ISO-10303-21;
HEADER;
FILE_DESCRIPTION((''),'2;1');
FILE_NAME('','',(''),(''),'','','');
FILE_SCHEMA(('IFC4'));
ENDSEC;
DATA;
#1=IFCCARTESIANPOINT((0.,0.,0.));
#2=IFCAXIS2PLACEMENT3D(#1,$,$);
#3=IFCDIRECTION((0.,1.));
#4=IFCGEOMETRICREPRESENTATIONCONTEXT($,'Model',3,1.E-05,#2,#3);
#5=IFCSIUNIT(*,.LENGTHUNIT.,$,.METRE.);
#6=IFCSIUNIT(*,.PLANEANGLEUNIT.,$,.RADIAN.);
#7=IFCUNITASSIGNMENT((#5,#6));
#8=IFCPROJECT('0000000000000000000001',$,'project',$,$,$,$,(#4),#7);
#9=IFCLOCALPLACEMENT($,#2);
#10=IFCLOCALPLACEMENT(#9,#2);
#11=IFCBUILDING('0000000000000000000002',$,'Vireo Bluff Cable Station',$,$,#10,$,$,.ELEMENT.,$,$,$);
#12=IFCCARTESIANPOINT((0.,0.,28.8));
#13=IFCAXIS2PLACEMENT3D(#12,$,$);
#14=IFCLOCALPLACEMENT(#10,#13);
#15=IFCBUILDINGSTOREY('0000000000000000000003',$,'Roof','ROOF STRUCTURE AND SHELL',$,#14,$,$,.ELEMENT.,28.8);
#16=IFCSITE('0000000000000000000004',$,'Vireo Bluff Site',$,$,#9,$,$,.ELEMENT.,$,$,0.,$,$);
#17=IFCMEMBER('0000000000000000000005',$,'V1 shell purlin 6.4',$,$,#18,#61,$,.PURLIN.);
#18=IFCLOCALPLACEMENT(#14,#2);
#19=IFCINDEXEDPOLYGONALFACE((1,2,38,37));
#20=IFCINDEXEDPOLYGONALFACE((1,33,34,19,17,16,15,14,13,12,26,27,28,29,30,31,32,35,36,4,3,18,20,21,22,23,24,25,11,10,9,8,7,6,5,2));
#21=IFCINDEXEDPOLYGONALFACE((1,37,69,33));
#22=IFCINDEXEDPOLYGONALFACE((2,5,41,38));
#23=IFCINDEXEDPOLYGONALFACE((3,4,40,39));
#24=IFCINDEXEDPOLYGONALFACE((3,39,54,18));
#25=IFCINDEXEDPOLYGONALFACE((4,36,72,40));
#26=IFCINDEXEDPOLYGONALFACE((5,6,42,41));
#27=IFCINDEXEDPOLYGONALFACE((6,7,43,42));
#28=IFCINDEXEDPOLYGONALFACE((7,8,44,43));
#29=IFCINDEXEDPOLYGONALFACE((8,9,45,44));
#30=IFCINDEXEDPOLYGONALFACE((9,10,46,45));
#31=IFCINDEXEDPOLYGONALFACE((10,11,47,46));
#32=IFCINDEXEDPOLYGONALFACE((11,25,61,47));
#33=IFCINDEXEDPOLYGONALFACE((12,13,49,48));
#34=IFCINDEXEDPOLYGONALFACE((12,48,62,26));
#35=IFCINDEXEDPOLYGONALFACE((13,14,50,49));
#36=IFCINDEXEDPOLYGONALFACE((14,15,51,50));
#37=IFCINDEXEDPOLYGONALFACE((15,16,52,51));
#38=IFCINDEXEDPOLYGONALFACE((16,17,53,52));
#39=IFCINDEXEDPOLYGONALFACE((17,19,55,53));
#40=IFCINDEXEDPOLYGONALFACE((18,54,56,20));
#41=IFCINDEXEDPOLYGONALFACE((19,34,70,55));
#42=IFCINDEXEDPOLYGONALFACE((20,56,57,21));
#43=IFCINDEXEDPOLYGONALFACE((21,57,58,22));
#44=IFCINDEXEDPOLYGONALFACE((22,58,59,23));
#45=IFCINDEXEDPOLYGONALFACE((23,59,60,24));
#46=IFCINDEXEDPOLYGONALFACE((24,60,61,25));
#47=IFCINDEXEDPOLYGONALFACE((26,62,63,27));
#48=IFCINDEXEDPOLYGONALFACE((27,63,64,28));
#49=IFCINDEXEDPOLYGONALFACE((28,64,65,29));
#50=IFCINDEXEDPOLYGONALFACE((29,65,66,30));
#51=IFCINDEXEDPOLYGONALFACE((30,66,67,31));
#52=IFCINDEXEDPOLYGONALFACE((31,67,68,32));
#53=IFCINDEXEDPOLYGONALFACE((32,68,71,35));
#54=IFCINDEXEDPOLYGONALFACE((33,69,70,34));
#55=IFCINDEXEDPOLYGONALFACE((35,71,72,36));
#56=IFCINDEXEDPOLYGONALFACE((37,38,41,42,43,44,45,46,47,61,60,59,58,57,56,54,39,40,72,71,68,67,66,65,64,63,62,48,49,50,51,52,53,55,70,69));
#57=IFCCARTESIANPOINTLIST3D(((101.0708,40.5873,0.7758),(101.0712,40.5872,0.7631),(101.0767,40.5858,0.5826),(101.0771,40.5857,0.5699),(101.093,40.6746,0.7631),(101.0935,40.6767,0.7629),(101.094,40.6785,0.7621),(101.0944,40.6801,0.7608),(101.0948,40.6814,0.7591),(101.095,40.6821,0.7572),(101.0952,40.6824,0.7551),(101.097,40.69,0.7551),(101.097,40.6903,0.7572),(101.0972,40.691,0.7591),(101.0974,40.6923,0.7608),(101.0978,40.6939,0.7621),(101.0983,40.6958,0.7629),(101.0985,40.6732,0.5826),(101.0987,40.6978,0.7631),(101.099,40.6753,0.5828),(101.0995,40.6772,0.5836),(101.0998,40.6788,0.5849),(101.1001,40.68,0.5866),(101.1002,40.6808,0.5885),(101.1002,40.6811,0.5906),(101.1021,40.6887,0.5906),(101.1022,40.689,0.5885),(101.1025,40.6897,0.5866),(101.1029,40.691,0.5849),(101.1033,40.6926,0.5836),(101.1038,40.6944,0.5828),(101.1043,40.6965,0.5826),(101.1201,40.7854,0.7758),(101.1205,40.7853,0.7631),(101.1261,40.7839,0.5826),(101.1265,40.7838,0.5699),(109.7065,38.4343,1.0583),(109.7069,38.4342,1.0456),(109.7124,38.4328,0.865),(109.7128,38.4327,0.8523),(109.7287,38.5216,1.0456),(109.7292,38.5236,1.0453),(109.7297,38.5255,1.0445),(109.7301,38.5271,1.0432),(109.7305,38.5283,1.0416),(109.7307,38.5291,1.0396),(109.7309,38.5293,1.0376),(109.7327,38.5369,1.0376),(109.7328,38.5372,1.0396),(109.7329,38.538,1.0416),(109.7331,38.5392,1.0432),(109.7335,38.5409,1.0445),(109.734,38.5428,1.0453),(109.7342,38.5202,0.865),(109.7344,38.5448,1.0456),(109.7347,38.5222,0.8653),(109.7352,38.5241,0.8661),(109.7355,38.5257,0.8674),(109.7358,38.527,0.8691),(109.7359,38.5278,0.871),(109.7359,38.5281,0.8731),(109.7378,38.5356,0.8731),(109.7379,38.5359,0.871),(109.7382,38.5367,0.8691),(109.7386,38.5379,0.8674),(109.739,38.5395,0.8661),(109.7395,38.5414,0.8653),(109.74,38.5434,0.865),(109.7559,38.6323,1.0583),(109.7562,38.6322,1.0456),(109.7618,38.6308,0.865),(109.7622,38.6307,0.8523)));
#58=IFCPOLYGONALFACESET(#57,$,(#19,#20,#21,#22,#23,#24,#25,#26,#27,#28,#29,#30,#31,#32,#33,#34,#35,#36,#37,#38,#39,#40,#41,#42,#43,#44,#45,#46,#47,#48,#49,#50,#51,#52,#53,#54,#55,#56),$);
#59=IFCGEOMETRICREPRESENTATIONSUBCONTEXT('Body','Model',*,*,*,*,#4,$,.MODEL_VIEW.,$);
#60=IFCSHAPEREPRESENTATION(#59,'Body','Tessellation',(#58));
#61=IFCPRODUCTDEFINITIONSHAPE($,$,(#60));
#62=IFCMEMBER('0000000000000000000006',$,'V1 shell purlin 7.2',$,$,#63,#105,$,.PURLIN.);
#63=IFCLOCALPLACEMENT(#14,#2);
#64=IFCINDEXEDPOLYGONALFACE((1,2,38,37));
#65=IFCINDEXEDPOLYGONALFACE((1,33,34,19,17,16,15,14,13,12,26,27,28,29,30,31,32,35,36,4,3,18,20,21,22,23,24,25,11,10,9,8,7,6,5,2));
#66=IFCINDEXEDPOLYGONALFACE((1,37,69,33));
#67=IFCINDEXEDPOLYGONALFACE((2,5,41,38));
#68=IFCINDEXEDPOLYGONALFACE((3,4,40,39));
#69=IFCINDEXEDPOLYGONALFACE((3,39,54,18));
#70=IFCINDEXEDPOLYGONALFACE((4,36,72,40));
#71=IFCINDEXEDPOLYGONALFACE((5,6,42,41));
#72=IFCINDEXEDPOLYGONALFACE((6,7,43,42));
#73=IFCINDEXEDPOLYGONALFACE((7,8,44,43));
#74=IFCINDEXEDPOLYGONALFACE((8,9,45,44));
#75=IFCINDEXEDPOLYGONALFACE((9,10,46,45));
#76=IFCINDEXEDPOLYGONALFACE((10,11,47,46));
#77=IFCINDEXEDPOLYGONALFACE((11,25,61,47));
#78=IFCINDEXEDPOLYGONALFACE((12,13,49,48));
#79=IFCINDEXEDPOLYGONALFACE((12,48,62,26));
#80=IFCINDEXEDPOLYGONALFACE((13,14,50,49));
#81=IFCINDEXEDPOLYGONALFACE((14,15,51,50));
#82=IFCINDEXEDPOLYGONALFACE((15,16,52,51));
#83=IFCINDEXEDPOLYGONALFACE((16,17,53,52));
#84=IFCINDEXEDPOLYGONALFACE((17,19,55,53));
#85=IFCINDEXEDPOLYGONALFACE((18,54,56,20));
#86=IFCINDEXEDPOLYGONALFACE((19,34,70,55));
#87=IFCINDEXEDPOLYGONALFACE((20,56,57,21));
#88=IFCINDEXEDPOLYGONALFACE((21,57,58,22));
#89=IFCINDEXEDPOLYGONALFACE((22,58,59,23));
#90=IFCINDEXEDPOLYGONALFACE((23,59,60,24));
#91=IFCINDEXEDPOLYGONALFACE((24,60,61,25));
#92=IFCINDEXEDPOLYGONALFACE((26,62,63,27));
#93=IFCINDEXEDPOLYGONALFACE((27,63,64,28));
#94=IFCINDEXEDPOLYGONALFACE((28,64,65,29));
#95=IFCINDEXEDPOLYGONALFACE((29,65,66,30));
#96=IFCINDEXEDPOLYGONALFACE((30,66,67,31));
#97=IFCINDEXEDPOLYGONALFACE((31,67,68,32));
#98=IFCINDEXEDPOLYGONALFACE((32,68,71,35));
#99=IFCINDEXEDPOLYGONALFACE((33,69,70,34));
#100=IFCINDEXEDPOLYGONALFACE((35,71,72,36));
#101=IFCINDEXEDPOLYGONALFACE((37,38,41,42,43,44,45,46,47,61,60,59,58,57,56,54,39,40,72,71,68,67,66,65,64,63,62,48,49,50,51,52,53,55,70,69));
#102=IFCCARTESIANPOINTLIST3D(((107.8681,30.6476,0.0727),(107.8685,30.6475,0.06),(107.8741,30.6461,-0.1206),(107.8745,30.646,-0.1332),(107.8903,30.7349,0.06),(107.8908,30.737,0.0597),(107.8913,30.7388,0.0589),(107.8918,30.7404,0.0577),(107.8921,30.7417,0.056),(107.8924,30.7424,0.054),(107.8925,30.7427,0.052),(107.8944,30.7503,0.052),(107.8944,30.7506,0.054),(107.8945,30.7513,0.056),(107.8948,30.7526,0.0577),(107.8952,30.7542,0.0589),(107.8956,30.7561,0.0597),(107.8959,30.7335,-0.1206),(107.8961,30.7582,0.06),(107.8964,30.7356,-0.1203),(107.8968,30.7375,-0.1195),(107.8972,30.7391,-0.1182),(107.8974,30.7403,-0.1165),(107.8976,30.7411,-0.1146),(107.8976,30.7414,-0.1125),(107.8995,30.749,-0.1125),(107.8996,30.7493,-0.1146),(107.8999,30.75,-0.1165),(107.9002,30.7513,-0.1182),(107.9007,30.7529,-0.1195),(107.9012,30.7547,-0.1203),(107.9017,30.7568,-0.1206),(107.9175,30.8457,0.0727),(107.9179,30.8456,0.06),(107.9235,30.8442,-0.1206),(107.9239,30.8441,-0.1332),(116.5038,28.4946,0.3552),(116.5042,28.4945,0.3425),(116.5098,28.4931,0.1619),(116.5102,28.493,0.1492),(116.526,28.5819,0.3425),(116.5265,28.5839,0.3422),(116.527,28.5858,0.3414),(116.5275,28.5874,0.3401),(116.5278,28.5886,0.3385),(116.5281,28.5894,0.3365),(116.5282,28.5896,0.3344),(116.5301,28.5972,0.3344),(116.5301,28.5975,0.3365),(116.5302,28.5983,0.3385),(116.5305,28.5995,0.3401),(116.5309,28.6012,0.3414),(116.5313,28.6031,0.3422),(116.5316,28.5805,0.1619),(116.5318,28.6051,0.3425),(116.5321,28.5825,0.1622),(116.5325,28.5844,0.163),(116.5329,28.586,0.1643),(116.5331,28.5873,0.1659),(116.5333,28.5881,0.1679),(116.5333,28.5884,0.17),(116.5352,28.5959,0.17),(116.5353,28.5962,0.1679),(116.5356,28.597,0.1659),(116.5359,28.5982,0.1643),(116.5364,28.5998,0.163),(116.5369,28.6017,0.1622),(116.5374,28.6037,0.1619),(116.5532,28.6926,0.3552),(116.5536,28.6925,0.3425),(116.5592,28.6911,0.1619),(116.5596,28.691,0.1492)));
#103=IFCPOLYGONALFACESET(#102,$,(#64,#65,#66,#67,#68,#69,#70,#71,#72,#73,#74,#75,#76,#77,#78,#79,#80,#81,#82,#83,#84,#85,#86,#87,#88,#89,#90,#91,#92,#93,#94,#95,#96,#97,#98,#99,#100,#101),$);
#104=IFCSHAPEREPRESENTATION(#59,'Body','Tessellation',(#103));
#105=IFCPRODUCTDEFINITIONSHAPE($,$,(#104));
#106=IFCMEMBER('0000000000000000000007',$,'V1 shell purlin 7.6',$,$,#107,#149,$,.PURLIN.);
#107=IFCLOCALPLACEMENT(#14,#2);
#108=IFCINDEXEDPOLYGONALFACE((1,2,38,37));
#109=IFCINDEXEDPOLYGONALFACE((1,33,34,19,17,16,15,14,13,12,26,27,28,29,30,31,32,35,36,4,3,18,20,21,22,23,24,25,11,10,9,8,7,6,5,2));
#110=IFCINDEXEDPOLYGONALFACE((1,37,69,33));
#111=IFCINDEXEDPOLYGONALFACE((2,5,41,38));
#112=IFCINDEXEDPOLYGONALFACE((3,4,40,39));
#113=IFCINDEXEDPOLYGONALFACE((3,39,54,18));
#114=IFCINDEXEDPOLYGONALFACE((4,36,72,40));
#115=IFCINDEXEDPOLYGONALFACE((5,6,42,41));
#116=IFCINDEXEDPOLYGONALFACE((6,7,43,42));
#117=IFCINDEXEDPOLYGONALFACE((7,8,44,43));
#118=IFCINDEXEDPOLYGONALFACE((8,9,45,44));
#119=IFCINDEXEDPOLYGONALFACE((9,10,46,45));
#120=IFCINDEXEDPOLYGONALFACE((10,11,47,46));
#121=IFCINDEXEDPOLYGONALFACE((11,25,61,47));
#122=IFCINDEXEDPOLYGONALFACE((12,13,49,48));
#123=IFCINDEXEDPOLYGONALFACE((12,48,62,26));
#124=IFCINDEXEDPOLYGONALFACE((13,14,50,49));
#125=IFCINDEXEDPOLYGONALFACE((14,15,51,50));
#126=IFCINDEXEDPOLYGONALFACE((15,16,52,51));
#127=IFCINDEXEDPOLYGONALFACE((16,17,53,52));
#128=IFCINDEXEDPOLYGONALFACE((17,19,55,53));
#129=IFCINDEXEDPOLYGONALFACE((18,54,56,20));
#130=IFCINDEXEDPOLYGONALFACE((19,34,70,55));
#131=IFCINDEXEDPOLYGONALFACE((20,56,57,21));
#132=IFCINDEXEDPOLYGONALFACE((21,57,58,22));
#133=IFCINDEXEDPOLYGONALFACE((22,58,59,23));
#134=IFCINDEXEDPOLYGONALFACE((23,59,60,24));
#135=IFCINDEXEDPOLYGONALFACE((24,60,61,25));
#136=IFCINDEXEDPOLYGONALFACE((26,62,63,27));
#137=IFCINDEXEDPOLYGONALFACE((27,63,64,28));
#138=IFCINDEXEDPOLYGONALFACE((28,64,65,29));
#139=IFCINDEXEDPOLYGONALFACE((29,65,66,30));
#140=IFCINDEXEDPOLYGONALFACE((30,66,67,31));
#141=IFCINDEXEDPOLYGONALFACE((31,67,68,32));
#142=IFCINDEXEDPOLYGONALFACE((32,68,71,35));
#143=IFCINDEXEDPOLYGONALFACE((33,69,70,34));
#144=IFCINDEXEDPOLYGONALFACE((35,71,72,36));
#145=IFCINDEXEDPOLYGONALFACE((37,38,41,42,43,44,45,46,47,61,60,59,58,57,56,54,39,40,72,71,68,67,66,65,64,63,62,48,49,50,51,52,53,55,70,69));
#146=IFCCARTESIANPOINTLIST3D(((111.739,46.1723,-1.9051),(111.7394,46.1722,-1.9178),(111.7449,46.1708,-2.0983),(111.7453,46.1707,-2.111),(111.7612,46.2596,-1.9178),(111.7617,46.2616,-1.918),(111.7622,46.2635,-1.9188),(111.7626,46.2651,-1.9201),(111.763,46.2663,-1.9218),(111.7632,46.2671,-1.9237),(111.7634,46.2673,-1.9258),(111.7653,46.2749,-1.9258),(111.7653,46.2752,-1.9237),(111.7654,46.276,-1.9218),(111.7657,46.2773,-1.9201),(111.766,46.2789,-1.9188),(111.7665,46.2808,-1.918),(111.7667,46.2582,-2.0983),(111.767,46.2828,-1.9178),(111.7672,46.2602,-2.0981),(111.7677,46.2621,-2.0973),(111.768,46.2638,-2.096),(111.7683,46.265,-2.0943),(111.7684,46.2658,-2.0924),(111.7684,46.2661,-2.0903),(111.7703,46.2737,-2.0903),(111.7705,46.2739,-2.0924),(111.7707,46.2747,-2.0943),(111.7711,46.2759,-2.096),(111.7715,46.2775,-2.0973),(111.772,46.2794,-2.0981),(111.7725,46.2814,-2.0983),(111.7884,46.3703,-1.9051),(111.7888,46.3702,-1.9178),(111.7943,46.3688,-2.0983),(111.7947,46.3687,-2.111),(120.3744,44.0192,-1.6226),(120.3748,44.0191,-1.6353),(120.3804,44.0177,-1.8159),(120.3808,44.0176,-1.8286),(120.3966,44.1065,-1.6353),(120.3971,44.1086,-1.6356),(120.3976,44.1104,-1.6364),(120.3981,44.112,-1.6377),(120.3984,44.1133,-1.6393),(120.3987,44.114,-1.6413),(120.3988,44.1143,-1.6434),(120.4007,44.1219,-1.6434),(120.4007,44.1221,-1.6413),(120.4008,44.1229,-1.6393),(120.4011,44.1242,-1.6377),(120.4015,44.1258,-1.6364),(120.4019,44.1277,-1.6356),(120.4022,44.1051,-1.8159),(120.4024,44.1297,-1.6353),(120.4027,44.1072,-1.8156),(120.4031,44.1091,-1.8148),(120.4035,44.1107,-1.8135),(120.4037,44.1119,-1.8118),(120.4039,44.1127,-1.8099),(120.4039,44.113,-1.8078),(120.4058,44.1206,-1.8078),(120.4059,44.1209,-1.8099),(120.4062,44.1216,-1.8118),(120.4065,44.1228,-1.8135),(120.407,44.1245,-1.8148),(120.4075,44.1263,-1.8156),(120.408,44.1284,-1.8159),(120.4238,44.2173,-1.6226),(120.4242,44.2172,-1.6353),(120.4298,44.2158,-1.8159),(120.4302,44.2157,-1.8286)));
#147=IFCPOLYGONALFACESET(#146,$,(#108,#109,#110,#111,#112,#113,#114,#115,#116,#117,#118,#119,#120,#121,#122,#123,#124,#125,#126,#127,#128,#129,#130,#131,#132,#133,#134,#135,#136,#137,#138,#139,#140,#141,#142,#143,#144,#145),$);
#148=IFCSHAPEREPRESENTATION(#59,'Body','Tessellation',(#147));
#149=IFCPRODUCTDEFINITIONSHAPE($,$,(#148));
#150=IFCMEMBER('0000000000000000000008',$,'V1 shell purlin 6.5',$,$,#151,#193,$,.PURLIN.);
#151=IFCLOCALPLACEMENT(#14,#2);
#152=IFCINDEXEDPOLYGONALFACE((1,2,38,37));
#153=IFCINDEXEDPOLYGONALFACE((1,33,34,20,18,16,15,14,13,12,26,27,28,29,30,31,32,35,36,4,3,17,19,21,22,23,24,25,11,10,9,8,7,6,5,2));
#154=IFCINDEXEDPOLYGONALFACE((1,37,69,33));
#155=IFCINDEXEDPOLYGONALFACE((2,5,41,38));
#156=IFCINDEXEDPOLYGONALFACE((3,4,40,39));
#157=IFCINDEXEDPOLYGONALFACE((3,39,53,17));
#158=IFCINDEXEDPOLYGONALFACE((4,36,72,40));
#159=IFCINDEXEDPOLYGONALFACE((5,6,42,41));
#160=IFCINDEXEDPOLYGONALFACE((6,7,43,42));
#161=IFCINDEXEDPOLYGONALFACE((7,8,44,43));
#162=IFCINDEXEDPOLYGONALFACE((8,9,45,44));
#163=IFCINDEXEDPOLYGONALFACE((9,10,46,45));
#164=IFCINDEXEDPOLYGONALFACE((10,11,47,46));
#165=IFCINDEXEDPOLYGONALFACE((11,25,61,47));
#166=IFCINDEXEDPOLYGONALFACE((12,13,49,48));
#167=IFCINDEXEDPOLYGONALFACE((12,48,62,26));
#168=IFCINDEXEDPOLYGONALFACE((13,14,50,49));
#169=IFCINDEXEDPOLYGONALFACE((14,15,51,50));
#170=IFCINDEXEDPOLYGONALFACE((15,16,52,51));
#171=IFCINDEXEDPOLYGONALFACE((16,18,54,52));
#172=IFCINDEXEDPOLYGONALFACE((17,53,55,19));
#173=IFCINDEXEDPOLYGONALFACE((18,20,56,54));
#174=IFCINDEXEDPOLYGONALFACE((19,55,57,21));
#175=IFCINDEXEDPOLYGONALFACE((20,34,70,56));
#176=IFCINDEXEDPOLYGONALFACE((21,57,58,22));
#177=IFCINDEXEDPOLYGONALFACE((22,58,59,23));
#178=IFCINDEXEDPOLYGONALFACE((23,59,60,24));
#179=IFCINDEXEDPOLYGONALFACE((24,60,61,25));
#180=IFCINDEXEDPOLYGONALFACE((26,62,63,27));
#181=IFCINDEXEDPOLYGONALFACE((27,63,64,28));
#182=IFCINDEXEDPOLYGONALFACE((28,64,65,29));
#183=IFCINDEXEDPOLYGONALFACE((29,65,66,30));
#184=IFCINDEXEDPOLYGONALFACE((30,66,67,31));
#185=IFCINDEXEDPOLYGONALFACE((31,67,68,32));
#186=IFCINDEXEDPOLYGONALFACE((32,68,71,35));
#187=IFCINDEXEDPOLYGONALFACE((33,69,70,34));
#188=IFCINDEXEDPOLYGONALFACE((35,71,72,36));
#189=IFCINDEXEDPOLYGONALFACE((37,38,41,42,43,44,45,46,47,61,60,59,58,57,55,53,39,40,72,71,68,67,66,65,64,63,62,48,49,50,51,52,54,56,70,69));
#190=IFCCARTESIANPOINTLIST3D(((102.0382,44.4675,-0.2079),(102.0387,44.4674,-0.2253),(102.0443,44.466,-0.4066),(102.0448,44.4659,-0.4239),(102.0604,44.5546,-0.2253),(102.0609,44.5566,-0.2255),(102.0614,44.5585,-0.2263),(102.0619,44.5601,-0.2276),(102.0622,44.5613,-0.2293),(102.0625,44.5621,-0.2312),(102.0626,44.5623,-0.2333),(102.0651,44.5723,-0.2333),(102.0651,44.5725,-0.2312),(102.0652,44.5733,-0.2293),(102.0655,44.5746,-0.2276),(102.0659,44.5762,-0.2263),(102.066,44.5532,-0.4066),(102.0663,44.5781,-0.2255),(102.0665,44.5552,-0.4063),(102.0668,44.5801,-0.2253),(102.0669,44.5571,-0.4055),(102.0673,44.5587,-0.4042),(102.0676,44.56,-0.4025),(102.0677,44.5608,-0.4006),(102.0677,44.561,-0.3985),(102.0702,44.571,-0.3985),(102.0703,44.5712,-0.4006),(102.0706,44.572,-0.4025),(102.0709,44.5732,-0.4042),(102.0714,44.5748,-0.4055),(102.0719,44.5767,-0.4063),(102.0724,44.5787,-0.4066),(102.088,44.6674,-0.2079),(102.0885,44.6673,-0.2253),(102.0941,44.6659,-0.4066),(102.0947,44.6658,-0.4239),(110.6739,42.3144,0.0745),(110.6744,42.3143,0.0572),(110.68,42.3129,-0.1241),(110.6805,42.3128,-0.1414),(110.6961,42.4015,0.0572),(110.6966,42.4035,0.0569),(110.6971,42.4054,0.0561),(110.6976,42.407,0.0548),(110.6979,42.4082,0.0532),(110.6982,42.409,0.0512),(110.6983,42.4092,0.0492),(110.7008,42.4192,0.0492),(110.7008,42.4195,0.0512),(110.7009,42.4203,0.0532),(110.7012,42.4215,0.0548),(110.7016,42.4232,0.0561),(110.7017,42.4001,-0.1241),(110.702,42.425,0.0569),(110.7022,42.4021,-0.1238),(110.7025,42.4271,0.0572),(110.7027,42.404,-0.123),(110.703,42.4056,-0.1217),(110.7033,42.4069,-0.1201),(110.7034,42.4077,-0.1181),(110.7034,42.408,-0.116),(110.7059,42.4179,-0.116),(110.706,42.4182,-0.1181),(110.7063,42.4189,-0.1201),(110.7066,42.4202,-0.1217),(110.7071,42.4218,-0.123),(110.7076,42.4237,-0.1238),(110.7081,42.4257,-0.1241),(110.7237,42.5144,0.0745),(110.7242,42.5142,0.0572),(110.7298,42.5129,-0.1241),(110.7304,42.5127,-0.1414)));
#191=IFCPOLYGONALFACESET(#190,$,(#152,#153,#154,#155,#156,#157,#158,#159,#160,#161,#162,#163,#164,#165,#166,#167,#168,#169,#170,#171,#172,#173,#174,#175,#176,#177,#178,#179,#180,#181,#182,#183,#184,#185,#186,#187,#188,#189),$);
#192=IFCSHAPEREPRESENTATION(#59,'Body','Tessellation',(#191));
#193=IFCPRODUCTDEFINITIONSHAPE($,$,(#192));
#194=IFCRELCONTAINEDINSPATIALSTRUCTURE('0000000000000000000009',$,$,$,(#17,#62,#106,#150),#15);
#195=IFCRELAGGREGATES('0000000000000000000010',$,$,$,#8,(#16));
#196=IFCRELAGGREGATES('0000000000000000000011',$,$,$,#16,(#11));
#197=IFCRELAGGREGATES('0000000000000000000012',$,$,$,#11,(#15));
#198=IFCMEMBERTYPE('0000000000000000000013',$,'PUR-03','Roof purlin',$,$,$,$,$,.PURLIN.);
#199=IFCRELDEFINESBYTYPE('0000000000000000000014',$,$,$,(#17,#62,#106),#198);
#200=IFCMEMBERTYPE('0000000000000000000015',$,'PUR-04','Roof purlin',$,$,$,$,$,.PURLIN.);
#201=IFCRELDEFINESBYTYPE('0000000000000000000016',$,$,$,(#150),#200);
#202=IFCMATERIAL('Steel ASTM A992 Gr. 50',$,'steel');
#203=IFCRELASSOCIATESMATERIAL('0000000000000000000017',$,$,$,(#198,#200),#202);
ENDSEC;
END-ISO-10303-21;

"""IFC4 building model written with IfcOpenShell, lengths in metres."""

from ifc_helpers import new_model, si_unit, direction, frame, origin, origin_2d, place, context, subcontext, project, spatial, i_section, extrude, material, material_profile, profile_set, type_object, element, save


model = new_model("IFC4")

# Units and contexts
model_context = context("Model", 3, precision=1e-05, world=origin(), true_north=direction((0.0, 1.0)))
body_context = subcontext(model_context, "Body", "Model", "MODEL_VIEW")
ifc_project = project(units=[si_unit("LENGTHUNIT", "METRE"), si_unit("PLANEANGLEUNIT", "RADIAN")], contexts=[model_context])

# Site, building, storey
site_placement = place(None, origin())
site = spatial("IfcSite", under=ifc_project, at=site_placement, Name="Vireo Bluff Site", CompositionType="ELEMENT", RefElevation=0.0)
building_placement = place(site_placement, origin())
building = spatial("IfcBuilding", under=site, at=building_placement, Name="Vireo Bluff Cable Station", CompositionType="ELEMENT")
storey_placement = place(building_placement, frame((0.0, 0.0, 28.8)))
storey = spatial("IfcBuildingStorey", under=building, at=storey_placement, Name="Roof", Description="ROOF STRUCTURE AND SHELL", CompositionType="ELEMENT", Elevation=28.8)

# Members
ifc_material_1 = material(Name="Steel ASTM A992 Gr. 50", Category="steel")
ifc_material_profile_1 = material_profile(ifc_material_1, i_section(OverallWidth=0.2041, OverallDepth=0.2061, WebThickness=0.0078, FlangeThickness=0.0127, FilletRadius=0.0081, at=origin_2d()), Name="W8X35")
ifc_profile_set_1 = profile_set([ifc_material_profile_1], Name="Steel ASTM A992 Gr. 50")
member_type_1 = type_object("IfcMemberType", Name="PUR-03", Description="Roof purlin", PredefinedType="PURLIN", material=ifc_profile_set_1)
for number, where, z_axis, x_axis, name in (
    (1, (101.0986, 40.6855, 0.6729), (0.969809, -0.241794, 0.031722), (0.241916, 0.970297, 0.0), "V1 shell purlin 6.4"),
    (2, (107.896, 30.7458, -0.0303), (0.969809, -0.241794, 0.031722), (0.241916, 0.970297, 0.0), "V1 shell purlin 7.2"),
):
    element("IfcMember", number, at=place(storey_placement, frame(where, z_axis=z_axis, x_axis=x_axis)), inside=storey, type_object=member_type_1, Name=name, PredefinedType="PURLIN", context=body_context, shape_type="SweptSolid", body=[
        extrude(i_section(OverallWidth=0.2041, OverallDepth=0.2061, WebThickness=0.0078, FlangeThickness=0.0127, FilletRadius=0.0081, at=origin_2d()), origin(), (0.0, 0.0, 1.0), 8.9045),
    ])
member_1_placement = place(storey_placement, frame((111.7668, 46.2705, -2.0081), z_axis=(0.969807, -0.241801, 0.031723), x_axis=(0.241922, 0.970296, 0.0)))
element("IfcMember", 3, at=member_1_placement, inside=storey, type_object=member_type_1, Name="V1 shell purlin 7.6", PredefinedType="PURLIN", context=body_context, shape_type="SweptSolid", body=[
    extrude(i_section(OverallWidth=0.2041, OverallDepth=0.2061, WebThickness=0.0078, FlangeThickness=0.0127, FilletRadius=0.0081, at=origin_2d()), origin(), (0.0, 0.0, 1.0), 8.9043),
])
ifc_material_profile_2 = material_profile(ifc_material_1, i_section(OverallWidth=0.2061, OverallDepth=0.2161, WebThickness=0.0103, FlangeThickness=0.0173, FilletRadius=0.0081, at=origin_2d()), Name="W8X48")
ifc_profile_set_2 = profile_set([ifc_material_profile_2], Name="Steel ASTM A992 Gr. 50")
member_type_2 = type_object("IfcMemberType", Name="PUR-04", Description="Roof purlin", PredefinedType="PURLIN", material=ifc_profile_set_2)
member_2_placement = place(storey_placement, frame((102.0664, 44.5667, -0.3159), z_axis=(0.969809, -0.241794, 0.031722), x_axis=(0.241916, 0.970297, 0.0)))
element("IfcMember", 4, at=member_2_placement, inside=storey, type_object=member_type_2, Name="V1 shell purlin 6.5", PredefinedType="PURLIN", context=body_context, shape_type="SweptSolid", body=[
    extrude(i_section(OverallWidth=0.2061, OverallDepth=0.2161, WebThickness=0.0103, FlangeThickness=0.0173, FilletRadius=0.0081, at=origin_2d()), origin(), (0.0, 0.0, 1.0), 8.9045),
])

save(model, "model.ifc")
